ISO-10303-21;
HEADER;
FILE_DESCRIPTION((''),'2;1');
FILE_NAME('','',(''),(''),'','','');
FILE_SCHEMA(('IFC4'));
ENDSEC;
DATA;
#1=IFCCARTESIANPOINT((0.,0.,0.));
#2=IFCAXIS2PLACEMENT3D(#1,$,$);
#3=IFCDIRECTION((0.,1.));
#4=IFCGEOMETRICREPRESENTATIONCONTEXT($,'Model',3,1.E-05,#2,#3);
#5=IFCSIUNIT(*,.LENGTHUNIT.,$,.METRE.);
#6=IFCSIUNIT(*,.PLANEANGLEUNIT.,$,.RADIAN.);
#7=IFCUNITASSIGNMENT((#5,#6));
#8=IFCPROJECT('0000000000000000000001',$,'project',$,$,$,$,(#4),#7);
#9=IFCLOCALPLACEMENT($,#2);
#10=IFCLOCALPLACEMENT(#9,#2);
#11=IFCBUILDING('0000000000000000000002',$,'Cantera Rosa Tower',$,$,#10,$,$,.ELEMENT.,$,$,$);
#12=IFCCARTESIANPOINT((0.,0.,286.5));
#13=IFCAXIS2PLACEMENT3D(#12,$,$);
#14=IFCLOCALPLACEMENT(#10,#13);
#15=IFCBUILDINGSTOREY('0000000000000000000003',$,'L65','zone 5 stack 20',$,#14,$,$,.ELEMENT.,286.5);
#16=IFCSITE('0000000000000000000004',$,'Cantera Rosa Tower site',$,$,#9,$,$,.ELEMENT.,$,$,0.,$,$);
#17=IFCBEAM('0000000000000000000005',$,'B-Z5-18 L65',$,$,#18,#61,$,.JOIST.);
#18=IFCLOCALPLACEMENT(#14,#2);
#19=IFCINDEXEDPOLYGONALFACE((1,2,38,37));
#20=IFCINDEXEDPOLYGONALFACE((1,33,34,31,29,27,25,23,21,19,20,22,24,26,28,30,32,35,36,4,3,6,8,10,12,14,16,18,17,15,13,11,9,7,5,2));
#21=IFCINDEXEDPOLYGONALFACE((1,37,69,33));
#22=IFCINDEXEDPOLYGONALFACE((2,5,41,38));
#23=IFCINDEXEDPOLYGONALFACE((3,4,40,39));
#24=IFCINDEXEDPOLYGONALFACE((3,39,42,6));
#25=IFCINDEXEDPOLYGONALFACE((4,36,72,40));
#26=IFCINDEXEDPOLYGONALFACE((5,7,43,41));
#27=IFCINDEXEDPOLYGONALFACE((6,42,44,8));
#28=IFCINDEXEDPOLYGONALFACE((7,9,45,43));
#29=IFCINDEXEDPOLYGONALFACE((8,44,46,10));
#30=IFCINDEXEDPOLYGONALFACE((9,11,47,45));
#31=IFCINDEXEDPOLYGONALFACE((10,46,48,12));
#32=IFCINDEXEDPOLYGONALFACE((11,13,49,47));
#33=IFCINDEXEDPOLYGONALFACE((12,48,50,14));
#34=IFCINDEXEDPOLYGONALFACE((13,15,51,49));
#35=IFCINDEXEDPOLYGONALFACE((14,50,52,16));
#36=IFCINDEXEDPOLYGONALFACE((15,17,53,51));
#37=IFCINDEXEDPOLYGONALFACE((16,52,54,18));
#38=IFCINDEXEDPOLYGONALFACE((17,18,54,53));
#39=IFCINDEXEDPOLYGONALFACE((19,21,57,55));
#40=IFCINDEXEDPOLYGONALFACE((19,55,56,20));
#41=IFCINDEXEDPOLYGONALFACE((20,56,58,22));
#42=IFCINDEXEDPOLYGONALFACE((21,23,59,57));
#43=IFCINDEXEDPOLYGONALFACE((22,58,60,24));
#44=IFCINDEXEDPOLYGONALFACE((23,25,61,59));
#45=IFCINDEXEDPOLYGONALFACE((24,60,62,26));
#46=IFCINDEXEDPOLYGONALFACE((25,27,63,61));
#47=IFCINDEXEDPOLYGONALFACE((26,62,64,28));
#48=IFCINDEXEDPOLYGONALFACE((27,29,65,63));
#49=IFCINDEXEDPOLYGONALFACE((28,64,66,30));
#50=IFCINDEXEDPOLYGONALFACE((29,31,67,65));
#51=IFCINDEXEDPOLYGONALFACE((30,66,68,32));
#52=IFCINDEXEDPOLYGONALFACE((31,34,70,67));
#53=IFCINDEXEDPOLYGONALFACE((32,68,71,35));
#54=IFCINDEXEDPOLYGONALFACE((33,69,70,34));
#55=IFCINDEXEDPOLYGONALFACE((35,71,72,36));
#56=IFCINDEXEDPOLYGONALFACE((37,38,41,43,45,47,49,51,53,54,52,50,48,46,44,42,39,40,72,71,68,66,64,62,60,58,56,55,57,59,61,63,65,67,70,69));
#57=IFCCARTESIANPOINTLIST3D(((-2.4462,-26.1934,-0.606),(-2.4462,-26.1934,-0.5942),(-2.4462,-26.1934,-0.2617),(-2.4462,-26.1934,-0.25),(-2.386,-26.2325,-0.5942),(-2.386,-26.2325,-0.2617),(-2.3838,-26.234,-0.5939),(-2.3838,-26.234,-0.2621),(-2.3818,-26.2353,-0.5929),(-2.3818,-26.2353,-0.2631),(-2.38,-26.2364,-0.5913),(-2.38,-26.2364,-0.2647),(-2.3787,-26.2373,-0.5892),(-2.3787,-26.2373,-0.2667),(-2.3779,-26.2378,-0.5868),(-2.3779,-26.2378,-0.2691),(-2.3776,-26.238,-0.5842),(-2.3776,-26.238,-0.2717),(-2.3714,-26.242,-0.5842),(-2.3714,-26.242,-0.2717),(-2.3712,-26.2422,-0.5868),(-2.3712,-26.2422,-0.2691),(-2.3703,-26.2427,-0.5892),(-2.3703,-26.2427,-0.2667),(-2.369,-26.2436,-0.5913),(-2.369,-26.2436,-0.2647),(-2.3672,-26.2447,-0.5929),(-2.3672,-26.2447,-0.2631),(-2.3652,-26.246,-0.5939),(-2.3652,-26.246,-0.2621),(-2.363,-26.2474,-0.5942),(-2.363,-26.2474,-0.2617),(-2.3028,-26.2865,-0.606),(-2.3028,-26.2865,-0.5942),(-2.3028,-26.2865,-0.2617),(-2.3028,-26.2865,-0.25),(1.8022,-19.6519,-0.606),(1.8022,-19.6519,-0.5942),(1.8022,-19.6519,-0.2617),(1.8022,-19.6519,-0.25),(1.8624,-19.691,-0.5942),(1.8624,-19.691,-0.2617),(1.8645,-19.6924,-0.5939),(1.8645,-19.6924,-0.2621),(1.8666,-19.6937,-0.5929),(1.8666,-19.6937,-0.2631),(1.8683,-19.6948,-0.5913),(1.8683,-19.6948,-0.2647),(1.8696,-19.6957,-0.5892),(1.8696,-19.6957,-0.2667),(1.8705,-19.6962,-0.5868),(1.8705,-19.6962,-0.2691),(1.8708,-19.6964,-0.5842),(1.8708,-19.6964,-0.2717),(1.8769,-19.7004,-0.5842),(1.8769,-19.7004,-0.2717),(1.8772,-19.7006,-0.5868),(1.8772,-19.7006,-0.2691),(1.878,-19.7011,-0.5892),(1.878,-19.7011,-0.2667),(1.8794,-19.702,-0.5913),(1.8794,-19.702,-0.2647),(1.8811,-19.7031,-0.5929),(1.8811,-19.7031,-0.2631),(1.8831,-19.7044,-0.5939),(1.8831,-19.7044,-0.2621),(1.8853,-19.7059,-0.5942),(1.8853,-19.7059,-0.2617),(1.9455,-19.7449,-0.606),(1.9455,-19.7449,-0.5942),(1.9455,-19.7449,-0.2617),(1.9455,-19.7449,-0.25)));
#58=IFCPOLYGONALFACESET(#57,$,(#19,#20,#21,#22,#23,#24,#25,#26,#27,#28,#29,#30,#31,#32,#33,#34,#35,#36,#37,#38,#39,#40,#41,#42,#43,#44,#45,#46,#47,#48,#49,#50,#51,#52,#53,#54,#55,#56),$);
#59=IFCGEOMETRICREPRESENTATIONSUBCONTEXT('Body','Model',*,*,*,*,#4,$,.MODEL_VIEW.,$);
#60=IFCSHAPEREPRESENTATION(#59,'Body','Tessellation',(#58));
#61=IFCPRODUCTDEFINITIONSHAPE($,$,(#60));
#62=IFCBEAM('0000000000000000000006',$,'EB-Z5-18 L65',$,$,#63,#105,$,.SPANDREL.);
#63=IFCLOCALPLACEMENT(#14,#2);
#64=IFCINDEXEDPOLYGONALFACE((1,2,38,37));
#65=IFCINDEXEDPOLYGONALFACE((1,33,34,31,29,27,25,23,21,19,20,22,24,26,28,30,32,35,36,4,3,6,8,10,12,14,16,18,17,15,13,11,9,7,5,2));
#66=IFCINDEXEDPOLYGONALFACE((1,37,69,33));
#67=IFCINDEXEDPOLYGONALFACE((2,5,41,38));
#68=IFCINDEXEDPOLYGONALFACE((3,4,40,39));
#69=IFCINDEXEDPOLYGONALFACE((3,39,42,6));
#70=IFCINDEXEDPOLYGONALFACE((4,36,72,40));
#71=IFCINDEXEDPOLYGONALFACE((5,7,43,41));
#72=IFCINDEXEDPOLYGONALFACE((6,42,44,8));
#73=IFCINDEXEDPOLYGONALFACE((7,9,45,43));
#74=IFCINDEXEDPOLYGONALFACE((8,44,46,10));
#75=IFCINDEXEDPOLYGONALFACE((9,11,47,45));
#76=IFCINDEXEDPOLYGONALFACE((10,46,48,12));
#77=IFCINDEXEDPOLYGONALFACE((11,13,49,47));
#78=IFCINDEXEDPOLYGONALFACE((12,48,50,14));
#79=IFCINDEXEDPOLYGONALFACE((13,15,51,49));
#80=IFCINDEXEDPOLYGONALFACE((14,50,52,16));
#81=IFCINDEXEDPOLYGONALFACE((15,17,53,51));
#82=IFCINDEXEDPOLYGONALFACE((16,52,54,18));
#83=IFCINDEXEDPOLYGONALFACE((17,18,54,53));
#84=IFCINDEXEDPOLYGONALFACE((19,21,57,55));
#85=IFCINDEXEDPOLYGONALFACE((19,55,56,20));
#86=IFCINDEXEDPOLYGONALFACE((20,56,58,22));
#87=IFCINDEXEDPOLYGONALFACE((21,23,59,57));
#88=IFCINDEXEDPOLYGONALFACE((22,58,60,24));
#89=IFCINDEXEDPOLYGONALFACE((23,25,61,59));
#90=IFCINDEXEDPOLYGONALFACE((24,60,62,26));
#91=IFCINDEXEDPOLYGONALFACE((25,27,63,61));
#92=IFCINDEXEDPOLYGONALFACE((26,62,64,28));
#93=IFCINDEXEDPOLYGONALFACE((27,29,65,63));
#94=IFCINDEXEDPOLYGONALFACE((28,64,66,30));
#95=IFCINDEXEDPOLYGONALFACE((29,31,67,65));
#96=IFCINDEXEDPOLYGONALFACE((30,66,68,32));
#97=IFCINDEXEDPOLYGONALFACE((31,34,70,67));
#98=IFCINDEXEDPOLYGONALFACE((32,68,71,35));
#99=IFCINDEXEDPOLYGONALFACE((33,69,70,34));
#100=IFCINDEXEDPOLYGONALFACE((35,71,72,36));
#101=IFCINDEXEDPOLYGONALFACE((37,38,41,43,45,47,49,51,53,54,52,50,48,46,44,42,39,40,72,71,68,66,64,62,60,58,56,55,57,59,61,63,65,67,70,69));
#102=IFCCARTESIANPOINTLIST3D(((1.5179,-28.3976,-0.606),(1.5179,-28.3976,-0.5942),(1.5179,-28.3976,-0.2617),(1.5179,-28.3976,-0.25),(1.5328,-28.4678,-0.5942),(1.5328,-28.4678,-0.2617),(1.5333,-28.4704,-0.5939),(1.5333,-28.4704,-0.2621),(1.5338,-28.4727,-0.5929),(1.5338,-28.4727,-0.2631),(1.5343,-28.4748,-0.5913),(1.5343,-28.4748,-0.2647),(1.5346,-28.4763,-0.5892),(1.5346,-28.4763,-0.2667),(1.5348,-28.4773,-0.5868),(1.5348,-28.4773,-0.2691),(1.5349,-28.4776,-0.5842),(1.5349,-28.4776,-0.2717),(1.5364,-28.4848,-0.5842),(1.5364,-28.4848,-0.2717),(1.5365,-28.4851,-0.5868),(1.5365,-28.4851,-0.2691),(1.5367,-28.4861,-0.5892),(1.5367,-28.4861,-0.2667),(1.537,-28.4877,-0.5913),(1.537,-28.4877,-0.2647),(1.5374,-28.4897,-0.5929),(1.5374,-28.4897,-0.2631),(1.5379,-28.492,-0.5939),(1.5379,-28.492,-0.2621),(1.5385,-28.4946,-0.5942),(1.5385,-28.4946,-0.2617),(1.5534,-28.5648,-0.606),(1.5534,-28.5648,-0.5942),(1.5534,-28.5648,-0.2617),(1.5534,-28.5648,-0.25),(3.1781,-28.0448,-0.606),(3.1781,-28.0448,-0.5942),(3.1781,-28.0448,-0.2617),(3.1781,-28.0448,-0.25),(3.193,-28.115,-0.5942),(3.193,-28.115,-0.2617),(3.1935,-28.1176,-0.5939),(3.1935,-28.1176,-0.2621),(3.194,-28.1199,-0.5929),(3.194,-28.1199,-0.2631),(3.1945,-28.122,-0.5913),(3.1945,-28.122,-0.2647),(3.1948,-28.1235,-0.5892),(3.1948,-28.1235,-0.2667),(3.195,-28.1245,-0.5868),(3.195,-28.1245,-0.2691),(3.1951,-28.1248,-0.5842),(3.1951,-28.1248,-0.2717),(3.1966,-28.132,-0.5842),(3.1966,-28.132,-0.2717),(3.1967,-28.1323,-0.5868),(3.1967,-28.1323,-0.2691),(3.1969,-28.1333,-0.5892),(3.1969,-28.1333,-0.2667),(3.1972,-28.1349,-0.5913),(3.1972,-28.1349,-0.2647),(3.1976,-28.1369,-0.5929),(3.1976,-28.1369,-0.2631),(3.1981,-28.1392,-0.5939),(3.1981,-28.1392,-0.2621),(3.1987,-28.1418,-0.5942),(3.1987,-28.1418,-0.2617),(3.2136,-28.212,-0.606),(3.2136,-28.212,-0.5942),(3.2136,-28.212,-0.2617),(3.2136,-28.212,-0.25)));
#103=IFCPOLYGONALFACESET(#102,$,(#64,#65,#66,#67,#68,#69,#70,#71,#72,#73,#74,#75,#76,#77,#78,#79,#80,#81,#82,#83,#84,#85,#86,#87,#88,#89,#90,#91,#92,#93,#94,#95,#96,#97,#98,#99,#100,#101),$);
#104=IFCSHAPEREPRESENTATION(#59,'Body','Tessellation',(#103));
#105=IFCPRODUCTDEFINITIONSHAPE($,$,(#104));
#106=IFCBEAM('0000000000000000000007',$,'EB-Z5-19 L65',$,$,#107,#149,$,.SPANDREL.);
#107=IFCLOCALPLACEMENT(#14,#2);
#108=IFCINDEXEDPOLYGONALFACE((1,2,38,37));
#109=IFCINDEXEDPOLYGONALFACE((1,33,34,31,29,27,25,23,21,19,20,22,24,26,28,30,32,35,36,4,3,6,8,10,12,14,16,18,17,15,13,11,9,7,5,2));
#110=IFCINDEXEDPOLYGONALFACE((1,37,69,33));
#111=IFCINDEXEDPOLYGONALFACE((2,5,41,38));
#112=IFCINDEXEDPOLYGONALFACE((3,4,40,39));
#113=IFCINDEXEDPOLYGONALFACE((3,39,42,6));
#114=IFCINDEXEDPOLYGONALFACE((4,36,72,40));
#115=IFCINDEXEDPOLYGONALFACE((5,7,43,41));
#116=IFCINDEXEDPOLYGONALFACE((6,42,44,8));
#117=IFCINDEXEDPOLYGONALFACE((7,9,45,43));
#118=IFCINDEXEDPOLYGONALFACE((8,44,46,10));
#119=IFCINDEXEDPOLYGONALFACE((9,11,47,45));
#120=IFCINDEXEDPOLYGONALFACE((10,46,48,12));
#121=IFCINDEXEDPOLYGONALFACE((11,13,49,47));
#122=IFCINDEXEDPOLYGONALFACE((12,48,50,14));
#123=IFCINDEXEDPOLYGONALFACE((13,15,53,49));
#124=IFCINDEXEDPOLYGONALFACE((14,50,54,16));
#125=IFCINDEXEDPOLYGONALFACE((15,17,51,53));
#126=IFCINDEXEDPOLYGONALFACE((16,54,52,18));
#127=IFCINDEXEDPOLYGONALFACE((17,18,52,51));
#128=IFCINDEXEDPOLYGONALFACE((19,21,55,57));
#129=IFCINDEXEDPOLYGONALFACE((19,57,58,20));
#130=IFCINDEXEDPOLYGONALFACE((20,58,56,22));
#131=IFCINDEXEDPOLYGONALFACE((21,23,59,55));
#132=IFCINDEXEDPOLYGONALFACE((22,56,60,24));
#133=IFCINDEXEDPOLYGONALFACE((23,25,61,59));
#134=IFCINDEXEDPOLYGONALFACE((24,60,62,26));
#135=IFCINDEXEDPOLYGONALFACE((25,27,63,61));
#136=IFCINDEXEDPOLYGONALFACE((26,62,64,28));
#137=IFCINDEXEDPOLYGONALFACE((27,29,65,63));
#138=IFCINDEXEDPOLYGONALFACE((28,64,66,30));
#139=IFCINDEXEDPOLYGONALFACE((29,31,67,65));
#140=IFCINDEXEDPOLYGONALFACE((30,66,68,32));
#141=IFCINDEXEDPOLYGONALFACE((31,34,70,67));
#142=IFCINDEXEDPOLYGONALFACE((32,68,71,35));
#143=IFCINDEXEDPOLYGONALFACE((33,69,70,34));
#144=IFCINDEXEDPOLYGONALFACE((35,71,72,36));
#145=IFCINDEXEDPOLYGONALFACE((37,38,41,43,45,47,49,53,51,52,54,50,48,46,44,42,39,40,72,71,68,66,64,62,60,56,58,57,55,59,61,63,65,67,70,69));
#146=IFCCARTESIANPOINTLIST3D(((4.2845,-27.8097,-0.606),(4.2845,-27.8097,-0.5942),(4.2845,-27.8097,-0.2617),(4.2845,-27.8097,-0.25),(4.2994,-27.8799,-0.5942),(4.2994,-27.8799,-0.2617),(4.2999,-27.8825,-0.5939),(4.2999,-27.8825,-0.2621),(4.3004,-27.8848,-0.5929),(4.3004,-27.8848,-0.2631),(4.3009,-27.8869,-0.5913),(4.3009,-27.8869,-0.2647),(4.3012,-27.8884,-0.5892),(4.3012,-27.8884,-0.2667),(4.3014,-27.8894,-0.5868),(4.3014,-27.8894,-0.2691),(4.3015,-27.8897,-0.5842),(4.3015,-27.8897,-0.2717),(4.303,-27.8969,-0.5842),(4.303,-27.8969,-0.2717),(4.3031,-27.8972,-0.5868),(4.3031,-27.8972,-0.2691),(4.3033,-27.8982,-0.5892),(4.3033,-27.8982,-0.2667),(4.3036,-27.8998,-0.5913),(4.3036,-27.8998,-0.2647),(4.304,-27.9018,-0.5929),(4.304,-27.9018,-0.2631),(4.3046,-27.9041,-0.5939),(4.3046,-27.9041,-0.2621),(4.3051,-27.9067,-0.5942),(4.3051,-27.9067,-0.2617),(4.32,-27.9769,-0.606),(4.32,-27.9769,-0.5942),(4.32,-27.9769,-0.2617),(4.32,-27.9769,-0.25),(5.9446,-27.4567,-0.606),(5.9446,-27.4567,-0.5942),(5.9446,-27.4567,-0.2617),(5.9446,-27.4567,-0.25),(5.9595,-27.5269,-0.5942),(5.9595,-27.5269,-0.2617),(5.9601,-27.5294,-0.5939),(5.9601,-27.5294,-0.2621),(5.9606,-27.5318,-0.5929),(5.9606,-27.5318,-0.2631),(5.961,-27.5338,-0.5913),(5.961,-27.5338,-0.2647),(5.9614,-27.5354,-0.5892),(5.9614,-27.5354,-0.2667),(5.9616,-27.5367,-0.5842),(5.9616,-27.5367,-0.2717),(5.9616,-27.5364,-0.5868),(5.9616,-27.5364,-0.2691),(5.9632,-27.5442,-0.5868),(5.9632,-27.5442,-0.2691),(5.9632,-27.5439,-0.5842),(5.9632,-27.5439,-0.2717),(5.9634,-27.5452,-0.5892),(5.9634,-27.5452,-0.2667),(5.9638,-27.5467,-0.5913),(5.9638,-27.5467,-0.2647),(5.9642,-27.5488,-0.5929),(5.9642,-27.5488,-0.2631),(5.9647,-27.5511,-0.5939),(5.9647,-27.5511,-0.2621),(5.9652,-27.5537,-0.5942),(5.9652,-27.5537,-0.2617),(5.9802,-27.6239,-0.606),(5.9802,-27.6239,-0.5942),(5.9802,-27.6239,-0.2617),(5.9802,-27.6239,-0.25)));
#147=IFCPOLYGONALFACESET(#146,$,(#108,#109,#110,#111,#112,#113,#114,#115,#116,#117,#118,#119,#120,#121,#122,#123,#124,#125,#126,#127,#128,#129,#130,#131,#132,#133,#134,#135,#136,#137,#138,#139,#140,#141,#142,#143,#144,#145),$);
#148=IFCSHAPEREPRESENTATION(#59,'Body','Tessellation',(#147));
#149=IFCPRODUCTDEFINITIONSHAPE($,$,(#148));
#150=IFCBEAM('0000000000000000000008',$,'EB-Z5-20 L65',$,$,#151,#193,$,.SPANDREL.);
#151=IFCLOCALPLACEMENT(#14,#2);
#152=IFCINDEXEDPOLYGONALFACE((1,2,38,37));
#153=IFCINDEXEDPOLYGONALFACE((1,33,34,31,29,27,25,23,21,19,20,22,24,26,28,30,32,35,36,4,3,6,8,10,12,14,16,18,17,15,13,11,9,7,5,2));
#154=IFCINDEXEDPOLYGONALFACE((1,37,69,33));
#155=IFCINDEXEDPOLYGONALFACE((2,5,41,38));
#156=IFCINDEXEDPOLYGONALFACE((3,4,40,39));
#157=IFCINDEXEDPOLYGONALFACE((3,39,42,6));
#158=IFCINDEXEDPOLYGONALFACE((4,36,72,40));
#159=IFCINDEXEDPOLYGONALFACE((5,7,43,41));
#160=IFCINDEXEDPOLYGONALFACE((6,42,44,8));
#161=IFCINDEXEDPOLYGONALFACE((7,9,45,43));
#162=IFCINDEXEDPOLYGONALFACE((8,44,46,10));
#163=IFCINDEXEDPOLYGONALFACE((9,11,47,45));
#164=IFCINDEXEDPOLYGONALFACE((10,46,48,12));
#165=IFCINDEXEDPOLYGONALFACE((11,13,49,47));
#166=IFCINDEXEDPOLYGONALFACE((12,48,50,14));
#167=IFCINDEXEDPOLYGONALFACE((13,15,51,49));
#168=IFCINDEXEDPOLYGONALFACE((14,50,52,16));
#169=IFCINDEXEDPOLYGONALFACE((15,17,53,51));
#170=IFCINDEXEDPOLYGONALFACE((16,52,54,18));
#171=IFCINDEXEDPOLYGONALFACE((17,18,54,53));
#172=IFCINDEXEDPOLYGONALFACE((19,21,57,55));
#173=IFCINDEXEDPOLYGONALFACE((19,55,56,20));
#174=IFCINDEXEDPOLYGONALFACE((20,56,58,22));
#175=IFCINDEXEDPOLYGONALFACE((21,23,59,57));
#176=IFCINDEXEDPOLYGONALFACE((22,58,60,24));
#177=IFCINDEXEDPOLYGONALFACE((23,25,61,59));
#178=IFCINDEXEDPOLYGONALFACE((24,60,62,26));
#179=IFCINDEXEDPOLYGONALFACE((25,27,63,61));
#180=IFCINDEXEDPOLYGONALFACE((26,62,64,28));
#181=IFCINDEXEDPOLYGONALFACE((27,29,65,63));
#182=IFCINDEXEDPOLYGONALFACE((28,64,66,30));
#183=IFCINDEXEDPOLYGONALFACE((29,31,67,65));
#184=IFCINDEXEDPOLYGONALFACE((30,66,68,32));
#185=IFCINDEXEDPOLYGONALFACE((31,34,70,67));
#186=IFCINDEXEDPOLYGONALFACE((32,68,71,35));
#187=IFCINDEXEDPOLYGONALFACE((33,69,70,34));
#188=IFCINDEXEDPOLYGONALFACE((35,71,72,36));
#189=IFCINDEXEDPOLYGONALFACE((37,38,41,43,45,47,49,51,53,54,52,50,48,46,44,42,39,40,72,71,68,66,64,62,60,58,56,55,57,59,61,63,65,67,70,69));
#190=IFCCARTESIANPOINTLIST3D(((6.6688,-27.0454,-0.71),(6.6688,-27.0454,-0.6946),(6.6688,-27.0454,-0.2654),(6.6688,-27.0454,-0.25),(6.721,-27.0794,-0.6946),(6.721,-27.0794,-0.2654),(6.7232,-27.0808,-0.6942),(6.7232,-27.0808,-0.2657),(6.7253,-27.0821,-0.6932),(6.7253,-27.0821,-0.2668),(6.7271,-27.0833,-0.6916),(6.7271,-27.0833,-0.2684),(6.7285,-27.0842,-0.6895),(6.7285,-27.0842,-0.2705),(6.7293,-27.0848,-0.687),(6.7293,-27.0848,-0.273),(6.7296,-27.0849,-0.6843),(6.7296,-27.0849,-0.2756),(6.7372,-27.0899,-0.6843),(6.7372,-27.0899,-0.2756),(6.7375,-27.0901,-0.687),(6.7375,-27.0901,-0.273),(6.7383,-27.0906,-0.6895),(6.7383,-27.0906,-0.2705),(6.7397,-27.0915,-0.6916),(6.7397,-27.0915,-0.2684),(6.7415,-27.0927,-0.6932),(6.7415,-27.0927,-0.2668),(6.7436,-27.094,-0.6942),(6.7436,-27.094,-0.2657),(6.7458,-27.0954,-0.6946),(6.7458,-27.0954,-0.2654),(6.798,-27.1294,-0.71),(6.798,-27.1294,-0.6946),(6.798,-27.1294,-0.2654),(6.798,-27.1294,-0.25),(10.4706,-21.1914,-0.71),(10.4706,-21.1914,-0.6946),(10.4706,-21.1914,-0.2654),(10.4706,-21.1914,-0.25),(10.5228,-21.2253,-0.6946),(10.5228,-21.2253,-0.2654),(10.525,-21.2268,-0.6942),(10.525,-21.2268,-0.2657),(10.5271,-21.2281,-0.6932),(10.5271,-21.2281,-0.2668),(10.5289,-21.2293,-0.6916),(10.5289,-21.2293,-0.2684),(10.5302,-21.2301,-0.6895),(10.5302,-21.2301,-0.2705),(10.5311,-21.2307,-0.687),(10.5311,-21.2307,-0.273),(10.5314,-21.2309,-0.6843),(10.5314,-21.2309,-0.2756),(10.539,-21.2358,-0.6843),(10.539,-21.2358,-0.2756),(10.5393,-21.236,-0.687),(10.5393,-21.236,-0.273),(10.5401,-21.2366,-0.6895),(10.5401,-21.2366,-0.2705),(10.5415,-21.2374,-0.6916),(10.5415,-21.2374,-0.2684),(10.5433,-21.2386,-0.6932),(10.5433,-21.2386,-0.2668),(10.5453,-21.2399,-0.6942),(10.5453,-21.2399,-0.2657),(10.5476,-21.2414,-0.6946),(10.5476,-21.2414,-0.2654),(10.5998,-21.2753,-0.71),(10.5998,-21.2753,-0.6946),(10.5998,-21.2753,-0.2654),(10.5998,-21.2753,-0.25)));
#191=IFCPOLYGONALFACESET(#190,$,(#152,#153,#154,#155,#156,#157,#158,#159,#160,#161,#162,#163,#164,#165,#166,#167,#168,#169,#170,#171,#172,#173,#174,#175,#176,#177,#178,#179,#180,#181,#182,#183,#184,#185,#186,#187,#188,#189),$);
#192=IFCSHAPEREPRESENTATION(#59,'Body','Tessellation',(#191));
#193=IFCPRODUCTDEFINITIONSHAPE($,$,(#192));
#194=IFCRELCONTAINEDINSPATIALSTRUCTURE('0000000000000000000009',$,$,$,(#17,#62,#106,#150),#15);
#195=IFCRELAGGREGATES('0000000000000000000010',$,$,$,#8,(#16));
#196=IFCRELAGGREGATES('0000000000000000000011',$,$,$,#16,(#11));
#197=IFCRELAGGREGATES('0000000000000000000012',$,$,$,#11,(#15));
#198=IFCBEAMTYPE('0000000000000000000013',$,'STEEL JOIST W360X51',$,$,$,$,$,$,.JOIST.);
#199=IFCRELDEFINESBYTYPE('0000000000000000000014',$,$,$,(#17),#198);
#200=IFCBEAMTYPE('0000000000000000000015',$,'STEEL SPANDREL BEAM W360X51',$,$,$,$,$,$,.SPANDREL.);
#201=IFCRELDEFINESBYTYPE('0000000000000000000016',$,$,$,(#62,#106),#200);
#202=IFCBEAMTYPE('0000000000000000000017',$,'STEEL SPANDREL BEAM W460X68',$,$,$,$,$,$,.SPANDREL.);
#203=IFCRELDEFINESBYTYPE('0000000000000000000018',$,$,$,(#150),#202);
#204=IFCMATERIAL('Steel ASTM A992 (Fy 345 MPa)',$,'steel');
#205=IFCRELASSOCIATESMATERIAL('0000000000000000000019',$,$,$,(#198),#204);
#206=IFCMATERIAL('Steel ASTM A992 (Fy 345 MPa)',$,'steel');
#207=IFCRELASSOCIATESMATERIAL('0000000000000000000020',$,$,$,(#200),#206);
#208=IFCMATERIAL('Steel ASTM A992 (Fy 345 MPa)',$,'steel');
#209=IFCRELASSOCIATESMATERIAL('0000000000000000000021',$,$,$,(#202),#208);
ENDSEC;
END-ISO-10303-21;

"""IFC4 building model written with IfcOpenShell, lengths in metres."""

from ifc_helpers import new_model, si_unit, direction, frame, origin, origin_2d, place, context, subcontext, project, spatial, i_section, extrude, material, material_profile, profile_set, type_object, element, save


model = new_model("IFC4")

# Units and contexts
model_context = context("Model", 3, precision=1e-05, world=origin(), true_north=direction((0.0, 1.0)))
body_context = subcontext(model_context, "Body", "Model", "MODEL_VIEW")
ifc_project = project(units=[si_unit("LENGTHUNIT", "METRE"), si_unit("PLANEANGLEUNIT", "RADIAN")], contexts=[model_context])

# Site, building, storey
site_placement = place(None, origin())
site = spatial("IfcSite", under=ifc_project, at=site_placement, Name="Cantera Rosa Tower site", CompositionType="ELEMENT", RefElevation=0.0)
building_placement = place(site_placement, origin())
building = spatial("IfcBuilding", under=site, at=building_placement, Name="Cantera Rosa Tower", CompositionType="ELEMENT")
storey_placement = place(building_placement, frame((0.0, 0.0, 286.5)))
storey = spatial("IfcBuildingStorey", under=building, at=storey_placement, Name="L65", Description="zone 5 stack 20", CompositionType="ELEMENT", Elevation=286.5)

# Beams
ifc_material_1 = material(Name="Steel ASTM A992 (Fy 345 MPa)", Category="steel")
ifc_material_profile_1 = material_profile(ifc_material_1, i_section(OverallWidth=0.1709, OverallDepth=0.356, WebThickness=0.0073, FlangeThickness=0.0117, FilletRadius=0.01, at=origin_2d()), Name="W360X51")
ifc_profile_set_1 = profile_set([ifc_material_profile_1], Name="Steel ASTM A992 (Fy 345 MPa)")
beam_type_1 = type_object("IfcBeamType", Name="STEEL JOIST W360X51", PredefinedType="JOIST", material=ifc_profile_set_1)
beam_1_placement = place(storey_placement, frame((-2.3745, -26.24, -0.428), z_axis=(0.544656, 0.83866, 0.0), x_axis=(-0.83866, 0.544656, 0.0)))
element("IfcBeam", 1, at=beam_1_placement, inside=storey, type_object=beam_type_1, Name="B-Z5-18 L65", PredefinedType="JOIST", context=body_context, shape_type="SweptSolid", body=[
    extrude(i_section(OverallWidth=0.1709, OverallDepth=0.356, WebThickness=0.0073, FlangeThickness=0.0117, FilletRadius=0.01, at=origin_2d()), origin(), (0.0, 0.0, 1.0), 7.8),
])
ifc_material_2 = material(Name="Steel ASTM A992 (Fy 345 MPa)", Category="steel")
ifc_material_profile_2 = material_profile(ifc_material_2, i_section(OverallWidth=0.1709, OverallDepth=0.356, WebThickness=0.0073, FlangeThickness=0.0117, FilletRadius=0.01, at=origin_2d()), Name="W360X51")
ifc_profile_set_2 = profile_set([ifc_material_profile_2], Name="Steel ASTM A992 (Fy 345 MPa)")
beam_type_2 = type_object("IfcBeamType", Name="STEEL SPANDREL BEAM W360X51", PredefinedType="SPANDREL", material=ifc_profile_set_2)
for number, where, z_axis, x_axis, name in (
    (2, (1.5356, -28.4812, -0.428), (0.978159, 0.207859, 0.0), (-0.207859, 0.978159, 0.0), "EB-Z5-18 L65"),
    (3, (4.3022, -27.8933, -0.428), (0.97813, 0.207996, 0.0), (-0.207996, 0.97813, 0.0), "EB-Z5-19 L65"),
):
    element("IfcBeam", number, at=place(storey_placement, frame(where, z_axis=z_axis, x_axis=x_axis)), inside=storey, type_object=beam_type_2, Name=name, PredefinedType="SPANDREL", context=body_context, shape_type="SweptSolid", body=[
        extrude(i_section(OverallWidth=0.1709, OverallDepth=0.356, WebThickness=0.0073, FlangeThickness=0.0117, FilletRadius=0.01, at=origin_2d()), origin(), (0.0, 0.0, 1.0), 1.6973),
    ])
ifc_material_3 = material(Name="Steel ASTM A992 (Fy 345 MPa)", Category="steel")
ifc_material_profile_3 = material_profile(ifc_material_3, i_section(OverallWidth=0.1541, OverallDepth=0.46, WebThickness=0.009, FlangeThickness=0.0154, FilletRadius=0.0103, at=origin_2d()), Name="W460X68")
ifc_profile_set_3 = profile_set([ifc_material_profile_3], Name="Steel ASTM A992 (Fy 345 MPa)")
beam_type_3 = type_object("IfcBeamType", Name="STEEL SPANDREL BEAM W460X68", PredefinedType="SPANDREL", material=ifc_profile_set_3)
for number, where, z_axis, x_axis, name in (
    (4, (6.7334, -27.0874, -0.48), (0.544651, 0.838663, 0.0), (-0.838663, 0.544651, 0.0), "EB-Z5-20 L65"),
):
    element("IfcBeam", number, at=place(storey_placement, frame(where, z_axis=z_axis, x_axis=x_axis)), inside=storey, type_object=beam_type_3, Name=name, PredefinedType="SPANDREL", context=body_context, shape_type="SweptSolid", body=[
        extrude(i_section(OverallWidth=0.1541, OverallDepth=0.46, WebThickness=0.009, FlangeThickness=0.0154, FilletRadius=0.0103, at=origin_2d()), origin(), (0.0, 0.0, 1.0), 6.9802),
    ])

save(model, "model.ifc")
